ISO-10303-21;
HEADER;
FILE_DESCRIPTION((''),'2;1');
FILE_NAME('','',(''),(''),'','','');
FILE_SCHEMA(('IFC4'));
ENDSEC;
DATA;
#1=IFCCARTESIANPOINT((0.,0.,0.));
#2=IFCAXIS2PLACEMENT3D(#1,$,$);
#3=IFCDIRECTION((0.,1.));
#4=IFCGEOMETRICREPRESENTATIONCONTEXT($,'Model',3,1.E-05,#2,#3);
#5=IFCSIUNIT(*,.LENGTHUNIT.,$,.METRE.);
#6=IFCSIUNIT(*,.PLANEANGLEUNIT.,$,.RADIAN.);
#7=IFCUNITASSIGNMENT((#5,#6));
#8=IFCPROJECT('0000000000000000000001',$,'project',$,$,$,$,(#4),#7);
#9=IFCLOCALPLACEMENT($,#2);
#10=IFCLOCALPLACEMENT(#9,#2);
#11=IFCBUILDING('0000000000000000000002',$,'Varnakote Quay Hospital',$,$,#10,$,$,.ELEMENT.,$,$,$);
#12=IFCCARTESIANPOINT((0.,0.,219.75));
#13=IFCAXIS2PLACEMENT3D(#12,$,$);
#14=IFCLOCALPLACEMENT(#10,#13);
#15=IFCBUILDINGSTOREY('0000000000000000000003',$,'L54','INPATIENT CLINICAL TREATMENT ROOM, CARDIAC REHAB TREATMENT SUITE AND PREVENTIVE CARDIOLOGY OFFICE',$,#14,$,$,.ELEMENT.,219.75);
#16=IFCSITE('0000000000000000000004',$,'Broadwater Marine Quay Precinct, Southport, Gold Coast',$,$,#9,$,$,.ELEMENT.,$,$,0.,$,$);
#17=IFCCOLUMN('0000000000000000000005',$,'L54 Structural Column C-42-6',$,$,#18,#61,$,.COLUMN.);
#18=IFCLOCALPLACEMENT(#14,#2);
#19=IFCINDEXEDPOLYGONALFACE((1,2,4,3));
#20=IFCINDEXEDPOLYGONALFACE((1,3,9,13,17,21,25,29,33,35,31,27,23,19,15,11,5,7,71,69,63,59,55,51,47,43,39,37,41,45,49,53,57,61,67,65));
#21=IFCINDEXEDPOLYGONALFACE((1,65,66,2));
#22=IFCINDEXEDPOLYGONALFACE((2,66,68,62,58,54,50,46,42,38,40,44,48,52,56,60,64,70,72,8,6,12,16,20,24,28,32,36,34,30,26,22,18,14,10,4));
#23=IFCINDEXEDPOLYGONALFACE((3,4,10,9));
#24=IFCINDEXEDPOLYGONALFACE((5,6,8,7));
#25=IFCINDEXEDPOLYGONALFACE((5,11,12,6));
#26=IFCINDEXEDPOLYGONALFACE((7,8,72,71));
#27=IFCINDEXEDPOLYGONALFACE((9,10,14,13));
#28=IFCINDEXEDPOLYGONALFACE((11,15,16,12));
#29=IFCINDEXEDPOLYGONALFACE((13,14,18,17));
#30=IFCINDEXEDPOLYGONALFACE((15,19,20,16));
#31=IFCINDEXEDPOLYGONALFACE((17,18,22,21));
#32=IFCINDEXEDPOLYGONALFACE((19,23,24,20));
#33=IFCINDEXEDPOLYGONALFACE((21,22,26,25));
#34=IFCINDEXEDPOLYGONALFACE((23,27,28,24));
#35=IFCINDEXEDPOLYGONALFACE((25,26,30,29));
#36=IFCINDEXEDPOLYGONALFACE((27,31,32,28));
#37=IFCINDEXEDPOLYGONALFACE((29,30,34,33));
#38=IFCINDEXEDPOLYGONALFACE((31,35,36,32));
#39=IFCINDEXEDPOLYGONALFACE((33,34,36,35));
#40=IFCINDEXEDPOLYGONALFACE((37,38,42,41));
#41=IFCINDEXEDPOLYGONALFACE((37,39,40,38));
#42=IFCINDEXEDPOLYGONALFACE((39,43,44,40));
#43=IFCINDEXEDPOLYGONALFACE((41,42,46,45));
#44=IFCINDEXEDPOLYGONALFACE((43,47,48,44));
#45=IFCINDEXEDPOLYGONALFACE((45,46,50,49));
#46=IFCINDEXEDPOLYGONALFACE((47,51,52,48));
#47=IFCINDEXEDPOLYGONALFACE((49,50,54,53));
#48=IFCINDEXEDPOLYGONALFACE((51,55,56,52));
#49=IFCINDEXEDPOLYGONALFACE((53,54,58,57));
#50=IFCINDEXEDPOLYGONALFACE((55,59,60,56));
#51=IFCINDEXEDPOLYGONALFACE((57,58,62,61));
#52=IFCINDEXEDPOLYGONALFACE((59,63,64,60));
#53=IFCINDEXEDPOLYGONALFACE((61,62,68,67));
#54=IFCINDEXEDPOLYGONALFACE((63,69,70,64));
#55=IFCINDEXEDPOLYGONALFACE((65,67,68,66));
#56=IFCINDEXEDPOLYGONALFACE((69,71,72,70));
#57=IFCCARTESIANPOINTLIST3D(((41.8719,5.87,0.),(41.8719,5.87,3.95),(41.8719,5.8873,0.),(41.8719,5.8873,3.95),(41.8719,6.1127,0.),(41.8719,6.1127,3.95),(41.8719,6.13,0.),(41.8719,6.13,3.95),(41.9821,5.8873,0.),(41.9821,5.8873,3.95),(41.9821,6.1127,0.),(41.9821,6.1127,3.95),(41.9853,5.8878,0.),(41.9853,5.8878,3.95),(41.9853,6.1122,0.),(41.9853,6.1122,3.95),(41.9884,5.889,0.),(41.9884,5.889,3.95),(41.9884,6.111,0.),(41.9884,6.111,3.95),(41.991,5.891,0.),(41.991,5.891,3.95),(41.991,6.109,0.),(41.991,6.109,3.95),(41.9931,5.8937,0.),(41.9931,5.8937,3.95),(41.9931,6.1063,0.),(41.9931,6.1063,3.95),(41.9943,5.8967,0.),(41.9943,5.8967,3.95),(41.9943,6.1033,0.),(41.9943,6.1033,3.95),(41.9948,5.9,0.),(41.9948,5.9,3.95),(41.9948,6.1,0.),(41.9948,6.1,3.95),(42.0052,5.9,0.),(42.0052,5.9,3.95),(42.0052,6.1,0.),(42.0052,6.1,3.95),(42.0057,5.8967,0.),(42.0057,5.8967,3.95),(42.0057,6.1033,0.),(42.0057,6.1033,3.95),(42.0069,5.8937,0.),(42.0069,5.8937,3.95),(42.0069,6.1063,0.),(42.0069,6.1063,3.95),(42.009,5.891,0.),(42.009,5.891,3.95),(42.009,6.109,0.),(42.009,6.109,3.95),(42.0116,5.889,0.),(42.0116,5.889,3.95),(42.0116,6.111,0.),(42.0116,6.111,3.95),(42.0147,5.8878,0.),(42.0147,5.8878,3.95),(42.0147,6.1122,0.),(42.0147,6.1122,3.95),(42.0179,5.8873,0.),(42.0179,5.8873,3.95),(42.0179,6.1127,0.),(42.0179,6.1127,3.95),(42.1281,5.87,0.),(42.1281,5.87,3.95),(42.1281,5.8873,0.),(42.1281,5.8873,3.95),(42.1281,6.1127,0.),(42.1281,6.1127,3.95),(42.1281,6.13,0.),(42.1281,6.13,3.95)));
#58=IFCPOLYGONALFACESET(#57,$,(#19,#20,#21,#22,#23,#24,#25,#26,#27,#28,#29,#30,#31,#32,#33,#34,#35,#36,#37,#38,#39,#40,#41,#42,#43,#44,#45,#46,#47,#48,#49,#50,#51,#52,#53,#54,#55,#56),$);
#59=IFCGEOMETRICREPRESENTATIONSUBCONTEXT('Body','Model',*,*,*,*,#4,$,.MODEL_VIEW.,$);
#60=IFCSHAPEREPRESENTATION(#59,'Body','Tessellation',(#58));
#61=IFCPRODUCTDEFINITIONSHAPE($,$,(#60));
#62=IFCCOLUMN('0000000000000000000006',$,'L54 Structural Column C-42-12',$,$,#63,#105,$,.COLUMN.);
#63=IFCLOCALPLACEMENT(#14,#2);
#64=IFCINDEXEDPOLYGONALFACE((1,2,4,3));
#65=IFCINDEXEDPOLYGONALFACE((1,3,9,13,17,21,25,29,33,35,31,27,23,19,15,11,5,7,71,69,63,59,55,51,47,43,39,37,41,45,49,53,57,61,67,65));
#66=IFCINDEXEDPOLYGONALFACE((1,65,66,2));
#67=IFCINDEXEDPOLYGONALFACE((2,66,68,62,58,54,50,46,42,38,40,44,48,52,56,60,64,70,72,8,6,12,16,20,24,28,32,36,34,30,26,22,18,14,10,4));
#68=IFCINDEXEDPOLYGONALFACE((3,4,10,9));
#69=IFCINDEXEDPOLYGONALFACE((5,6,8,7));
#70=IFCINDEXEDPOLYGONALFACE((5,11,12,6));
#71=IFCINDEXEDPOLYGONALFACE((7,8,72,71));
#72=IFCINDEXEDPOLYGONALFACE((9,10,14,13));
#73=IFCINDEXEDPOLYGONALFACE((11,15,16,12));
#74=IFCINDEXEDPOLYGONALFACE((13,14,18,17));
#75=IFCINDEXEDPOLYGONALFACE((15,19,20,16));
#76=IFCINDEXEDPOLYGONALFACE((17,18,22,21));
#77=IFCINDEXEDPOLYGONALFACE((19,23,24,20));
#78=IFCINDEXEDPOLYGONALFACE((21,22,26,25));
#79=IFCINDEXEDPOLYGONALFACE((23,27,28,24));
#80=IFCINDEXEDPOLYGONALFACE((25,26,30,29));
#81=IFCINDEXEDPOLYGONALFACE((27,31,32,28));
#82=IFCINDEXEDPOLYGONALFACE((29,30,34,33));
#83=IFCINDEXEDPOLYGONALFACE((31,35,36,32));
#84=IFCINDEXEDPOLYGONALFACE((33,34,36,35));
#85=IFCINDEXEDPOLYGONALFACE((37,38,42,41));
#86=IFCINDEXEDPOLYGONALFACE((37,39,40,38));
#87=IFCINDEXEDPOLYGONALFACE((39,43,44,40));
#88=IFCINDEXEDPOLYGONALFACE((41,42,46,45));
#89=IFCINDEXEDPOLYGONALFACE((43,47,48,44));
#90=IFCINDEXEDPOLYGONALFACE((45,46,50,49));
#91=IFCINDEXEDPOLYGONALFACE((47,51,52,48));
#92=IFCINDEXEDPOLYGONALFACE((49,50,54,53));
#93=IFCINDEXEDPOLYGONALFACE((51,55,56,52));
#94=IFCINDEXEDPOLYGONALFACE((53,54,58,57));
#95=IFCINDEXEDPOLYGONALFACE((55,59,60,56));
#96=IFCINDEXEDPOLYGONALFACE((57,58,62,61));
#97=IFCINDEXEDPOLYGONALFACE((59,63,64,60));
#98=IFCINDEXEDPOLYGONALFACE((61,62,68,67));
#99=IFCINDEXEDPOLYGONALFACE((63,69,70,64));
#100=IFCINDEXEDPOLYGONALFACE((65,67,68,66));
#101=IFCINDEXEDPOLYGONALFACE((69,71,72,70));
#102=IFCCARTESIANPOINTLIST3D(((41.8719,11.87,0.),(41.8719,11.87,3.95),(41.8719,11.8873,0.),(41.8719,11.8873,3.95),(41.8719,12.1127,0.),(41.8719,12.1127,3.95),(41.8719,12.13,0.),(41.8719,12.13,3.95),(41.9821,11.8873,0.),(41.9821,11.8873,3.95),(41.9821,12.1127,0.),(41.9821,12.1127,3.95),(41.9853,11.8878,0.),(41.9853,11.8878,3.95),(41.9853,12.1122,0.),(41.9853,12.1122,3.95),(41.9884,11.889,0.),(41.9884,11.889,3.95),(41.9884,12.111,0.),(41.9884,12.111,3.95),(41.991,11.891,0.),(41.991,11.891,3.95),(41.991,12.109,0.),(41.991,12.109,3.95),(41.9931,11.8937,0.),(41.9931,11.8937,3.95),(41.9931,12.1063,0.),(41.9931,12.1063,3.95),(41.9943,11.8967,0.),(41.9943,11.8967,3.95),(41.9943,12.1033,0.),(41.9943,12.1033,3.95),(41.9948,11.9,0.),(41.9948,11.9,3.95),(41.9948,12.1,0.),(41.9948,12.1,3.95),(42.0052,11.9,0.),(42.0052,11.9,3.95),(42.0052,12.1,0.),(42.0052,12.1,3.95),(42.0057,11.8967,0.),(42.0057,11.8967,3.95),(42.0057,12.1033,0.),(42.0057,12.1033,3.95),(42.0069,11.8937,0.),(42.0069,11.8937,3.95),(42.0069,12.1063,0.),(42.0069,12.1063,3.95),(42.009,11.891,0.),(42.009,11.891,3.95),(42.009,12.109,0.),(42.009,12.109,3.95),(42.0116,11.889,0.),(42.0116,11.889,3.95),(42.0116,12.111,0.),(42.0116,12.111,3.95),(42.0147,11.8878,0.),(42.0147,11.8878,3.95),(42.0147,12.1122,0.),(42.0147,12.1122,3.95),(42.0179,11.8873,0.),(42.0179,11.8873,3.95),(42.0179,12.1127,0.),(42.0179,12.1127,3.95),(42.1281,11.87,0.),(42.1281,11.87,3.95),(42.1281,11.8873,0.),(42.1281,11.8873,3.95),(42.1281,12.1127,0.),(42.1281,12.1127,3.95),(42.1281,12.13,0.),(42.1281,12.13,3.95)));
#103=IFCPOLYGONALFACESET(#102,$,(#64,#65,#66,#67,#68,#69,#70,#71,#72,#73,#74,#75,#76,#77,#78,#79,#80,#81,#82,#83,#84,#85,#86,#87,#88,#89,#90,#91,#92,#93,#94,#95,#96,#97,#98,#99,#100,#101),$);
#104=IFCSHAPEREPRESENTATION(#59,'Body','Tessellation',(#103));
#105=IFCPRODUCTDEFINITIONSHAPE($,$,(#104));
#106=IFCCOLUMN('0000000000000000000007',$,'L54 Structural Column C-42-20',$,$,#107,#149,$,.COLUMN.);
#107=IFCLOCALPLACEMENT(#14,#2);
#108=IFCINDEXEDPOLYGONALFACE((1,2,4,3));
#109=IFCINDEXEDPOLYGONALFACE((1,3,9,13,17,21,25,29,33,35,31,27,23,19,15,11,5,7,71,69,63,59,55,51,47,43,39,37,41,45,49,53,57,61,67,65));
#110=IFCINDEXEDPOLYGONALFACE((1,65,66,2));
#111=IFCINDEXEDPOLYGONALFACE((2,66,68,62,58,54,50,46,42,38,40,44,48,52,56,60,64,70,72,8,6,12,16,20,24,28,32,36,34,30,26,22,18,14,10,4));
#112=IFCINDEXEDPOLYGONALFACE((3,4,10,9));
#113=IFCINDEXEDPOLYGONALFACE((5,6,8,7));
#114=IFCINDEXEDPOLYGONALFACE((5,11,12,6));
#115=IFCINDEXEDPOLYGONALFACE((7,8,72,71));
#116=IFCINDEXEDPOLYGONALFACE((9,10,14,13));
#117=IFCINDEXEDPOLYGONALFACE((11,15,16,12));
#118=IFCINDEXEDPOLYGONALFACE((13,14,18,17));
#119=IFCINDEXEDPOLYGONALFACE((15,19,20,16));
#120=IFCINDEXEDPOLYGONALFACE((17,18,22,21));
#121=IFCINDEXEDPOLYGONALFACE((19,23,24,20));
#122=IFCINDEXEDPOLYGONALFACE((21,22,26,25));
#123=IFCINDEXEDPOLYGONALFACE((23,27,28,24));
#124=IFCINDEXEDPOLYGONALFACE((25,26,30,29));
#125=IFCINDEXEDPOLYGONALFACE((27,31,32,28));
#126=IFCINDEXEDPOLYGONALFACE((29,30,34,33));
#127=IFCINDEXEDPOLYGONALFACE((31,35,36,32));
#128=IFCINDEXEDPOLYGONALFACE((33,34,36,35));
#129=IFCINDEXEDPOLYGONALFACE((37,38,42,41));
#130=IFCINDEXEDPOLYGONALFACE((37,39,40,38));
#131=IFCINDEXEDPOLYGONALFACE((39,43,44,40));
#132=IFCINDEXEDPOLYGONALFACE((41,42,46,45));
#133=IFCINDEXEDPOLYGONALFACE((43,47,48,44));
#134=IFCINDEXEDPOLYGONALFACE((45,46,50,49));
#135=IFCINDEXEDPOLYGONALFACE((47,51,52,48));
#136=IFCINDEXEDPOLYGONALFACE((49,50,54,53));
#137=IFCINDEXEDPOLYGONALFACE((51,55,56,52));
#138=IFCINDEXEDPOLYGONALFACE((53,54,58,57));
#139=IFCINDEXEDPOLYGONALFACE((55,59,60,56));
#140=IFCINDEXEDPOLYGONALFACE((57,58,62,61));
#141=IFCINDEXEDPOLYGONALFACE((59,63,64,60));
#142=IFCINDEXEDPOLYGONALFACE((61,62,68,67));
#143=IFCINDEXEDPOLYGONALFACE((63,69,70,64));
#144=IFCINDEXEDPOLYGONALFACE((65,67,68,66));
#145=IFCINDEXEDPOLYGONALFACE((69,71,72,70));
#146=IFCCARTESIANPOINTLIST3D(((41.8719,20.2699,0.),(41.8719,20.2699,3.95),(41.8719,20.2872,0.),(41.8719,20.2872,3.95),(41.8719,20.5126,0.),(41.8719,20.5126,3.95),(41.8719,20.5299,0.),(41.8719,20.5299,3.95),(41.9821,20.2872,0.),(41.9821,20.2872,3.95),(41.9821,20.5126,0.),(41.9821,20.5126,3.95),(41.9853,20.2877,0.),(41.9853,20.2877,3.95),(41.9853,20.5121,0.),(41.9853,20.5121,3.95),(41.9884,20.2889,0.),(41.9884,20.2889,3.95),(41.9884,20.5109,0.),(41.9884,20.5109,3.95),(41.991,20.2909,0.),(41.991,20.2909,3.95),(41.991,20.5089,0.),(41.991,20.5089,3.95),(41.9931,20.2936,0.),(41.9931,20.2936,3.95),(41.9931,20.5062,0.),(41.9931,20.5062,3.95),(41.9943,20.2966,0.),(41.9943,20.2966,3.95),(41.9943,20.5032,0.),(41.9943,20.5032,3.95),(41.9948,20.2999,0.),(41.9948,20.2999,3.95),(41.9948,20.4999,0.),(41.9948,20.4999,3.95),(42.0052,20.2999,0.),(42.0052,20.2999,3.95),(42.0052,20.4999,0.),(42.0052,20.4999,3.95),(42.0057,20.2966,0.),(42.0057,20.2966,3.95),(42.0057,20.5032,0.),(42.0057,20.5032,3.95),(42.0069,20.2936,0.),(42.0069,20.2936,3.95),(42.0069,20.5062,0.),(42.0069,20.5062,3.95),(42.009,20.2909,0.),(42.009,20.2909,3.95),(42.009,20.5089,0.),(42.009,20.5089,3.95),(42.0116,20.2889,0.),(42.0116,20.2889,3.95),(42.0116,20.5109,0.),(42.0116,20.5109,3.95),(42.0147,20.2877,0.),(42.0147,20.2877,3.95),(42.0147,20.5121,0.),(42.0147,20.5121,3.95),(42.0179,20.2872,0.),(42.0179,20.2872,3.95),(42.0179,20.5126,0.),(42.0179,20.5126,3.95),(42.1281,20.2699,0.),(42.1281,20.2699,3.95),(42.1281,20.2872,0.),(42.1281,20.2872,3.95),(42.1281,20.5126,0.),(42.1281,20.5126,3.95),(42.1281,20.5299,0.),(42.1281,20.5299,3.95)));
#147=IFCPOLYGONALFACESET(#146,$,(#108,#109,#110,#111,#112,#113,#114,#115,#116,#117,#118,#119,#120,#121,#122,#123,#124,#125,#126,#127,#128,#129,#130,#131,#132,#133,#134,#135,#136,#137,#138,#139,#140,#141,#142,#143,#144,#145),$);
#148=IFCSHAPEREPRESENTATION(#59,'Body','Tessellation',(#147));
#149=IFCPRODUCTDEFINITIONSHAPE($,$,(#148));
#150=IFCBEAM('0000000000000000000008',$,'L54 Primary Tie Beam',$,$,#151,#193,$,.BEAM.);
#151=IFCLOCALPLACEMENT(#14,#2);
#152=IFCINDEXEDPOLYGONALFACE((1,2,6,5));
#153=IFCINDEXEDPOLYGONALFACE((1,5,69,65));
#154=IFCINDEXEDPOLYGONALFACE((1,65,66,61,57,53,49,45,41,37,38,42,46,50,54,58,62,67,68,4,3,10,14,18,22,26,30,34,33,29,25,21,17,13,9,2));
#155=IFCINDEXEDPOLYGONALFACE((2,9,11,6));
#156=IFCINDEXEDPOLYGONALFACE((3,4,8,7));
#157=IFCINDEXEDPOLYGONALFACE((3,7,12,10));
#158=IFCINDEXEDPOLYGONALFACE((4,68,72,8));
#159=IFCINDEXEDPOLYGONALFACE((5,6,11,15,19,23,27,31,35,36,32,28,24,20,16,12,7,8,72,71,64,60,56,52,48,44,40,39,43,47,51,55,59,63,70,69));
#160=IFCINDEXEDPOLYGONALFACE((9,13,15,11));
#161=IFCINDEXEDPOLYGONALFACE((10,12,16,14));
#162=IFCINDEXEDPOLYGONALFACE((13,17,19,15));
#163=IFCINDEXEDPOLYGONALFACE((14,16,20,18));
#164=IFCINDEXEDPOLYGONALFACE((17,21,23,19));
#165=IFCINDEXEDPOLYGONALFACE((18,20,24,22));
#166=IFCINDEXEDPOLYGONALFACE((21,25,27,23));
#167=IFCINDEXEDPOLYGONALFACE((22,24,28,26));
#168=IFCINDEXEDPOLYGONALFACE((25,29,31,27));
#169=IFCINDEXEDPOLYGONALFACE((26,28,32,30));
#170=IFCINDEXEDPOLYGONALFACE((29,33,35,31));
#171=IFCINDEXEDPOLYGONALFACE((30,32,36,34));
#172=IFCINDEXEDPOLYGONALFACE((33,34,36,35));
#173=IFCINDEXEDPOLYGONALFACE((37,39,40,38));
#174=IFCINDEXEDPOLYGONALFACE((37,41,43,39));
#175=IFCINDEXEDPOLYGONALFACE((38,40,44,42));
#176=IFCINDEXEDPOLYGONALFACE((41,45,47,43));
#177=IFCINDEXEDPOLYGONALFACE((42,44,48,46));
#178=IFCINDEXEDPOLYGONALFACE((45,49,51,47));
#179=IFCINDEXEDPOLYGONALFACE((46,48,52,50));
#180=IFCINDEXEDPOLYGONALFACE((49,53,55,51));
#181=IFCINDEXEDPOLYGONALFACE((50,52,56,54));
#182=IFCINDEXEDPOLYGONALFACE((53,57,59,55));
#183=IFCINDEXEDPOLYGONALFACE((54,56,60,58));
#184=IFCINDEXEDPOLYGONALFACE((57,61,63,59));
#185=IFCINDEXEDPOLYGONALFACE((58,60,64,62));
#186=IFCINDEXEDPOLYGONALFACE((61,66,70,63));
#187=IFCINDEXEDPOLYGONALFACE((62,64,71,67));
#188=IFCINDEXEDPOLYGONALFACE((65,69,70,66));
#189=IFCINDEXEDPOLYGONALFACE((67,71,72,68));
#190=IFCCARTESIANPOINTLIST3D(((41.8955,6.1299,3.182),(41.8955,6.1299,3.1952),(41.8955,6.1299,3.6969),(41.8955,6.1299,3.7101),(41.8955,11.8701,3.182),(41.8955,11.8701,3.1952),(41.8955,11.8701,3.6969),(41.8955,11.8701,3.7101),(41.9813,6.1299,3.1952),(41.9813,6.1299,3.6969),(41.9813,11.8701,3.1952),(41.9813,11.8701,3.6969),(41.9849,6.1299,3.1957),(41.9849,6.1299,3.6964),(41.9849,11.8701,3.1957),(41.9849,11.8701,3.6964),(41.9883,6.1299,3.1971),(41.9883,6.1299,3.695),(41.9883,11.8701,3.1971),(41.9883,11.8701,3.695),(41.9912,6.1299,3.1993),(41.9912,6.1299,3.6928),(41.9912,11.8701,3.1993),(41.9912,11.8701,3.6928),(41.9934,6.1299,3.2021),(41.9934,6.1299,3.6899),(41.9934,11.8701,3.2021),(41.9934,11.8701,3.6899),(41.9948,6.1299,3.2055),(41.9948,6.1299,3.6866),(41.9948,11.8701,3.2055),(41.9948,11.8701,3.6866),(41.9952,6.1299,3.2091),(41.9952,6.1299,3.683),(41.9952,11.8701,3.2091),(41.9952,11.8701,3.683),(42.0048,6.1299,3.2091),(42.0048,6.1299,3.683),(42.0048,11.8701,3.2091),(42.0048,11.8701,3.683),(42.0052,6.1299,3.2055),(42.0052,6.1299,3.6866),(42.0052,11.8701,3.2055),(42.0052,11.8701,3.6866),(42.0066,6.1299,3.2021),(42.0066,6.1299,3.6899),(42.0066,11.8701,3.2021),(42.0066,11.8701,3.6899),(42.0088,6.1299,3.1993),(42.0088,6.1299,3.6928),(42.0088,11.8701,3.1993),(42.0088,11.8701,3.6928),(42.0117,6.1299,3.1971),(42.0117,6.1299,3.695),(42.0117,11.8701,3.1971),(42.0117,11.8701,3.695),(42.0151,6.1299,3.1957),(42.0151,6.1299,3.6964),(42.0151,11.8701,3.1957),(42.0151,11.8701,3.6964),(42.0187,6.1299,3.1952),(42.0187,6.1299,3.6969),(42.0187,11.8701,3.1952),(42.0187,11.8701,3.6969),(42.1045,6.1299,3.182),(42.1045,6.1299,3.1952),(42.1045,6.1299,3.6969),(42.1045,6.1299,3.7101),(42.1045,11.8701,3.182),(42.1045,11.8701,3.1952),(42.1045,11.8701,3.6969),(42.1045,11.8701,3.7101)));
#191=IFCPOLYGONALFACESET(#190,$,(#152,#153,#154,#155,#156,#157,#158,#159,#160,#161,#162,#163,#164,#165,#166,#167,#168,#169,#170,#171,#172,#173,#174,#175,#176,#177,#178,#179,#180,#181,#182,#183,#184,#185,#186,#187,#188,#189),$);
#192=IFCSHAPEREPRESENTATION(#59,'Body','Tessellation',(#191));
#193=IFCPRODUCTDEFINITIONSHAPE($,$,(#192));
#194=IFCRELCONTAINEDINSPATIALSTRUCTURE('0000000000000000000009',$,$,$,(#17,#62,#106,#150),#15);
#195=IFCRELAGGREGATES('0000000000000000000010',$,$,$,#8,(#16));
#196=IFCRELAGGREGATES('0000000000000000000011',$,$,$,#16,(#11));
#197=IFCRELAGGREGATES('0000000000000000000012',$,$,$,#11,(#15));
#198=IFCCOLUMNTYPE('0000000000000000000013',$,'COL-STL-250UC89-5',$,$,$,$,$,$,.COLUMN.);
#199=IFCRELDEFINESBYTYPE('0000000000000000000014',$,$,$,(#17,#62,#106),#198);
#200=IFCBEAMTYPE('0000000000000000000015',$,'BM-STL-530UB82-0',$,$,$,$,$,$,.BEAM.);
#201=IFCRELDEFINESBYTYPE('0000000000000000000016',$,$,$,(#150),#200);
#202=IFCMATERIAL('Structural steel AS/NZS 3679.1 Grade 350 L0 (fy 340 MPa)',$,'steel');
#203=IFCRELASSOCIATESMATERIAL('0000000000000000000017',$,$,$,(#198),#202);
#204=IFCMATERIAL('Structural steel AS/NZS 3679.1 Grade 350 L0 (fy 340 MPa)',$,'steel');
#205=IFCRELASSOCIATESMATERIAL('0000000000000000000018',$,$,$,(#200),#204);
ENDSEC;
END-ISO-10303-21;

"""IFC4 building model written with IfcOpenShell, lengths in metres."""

from ifc_helpers import new_model, si_unit, direction, frame, origin, origin_2d, place, context, subcontext, project, spatial, i_section, extrude, material, material_profile, profile_set, type_object, element, save


model = new_model("IFC4")

# Units and contexts
model_context = context("Model", 3, precision=1e-05, world=origin(), true_north=direction((0.0, 1.0)))
body_context = subcontext(model_context, "Body", "Model", "MODEL_VIEW")
ifc_project = project(units=[si_unit("LENGTHUNIT", "METRE"), si_unit("PLANEANGLEUNIT", "RADIAN")], contexts=[model_context])

# Site, building, storey
site_placement = place(None, origin())
site = spatial("IfcSite", under=ifc_project, at=site_placement, Name="Broadwater Marine Quay Precinct, Southport, Gold Coast", CompositionType="ELEMENT", RefElevation=0.0)
building_placement = place(site_placement, origin())
building = spatial("IfcBuilding", under=site, at=building_placement, Name="Varnakote Quay Hospital", CompositionType="ELEMENT")
storey_placement = place(building_placement, frame((0.0, 0.0, 219.75)))
storey = spatial("IfcBuildingStorey", under=building, at=storey_placement, Name="L54", Description="INPATIENT CLINICAL TREATMENT ROOM, CARDIAC REHAB TREATMENT SUITE AND PREVENTIVE CARDIOLOGY OFFICE", CompositionType="ELEMENT", Elevation=219.75)

# Columns
ifc_material_1 = material(Name="Structural steel AS/NZS 3679.1 Grade 350 L0 (fy 340 MPa)", Category="steel")
ifc_material_profile_1 = material_profile(ifc_material_1, i_section(OverallWidth=0.2561, OverallDepth=0.26, WebThickness=0.0105, FlangeThickness=0.0173, FilletRadius=0.0127, at=origin_2d()), Name="250UC89.5")
ifc_profile_set_1 = profile_set([ifc_material_profile_1], Name="Structural steel AS/NZS 3679.1 Grade 350 L0 (fy 340 MPa)")
column_type = type_object("IfcColumnType", Name="COL-STL-250UC89-5", PredefinedType="COLUMN", material=ifc_profile_set_1)
for number, where, z_axis, x_axis, name in (
    (1, (42.0, 6.0, 0.0), (0.0, 0.0, 1.0), (1.0, 0.0, 0.0), "L54 Structural Column C-42-6"),
    (2, (42.0, 12.0, 0.0), (0.0, 0.0, 1.0), (1.0, 0.0, 0.0), "L54 Structural Column C-42-12"),
    (3, (42.0, 20.3999, 0.0), (0.0, 0.0, 1.0), (1.0, 0.0, 0.0), "L54 Structural Column C-42-20"),
):
    element("IfcColumn", number, at=place(storey_placement, frame(where, z_axis=z_axis, x_axis=x_axis)), inside=storey, type_object=column_type, Name=name, PredefinedType="COLUMN", context=body_context, shape_type="SweptSolid", body=[
        extrude(i_section(OverallWidth=0.2561, OverallDepth=0.26, WebThickness=0.0105, FlangeThickness=0.0173, FilletRadius=0.0127, at=origin_2d()), origin(), (0.0, 0.0, 1.0), 3.95),
    ])

# Beam
ifc_material_2 = material(Name="Structural steel AS/NZS 3679.1 Grade 350 L0 (fy 340 MPa)", Category="steel")
ifc_material_profile_2 = material_profile(ifc_material_2, i_section(OverallWidth=0.209, OverallDepth=0.5281, WebThickness=0.0095, FlangeThickness=0.0132, FilletRadius=0.0139, at=origin_2d()), Name="530UB82.0")
ifc_profile_set_2 = profile_set([ifc_material_profile_2], Name="Structural steel AS/NZS 3679.1 Grade 350 L0 (fy 340 MPa)")
beam_type_1 = type_object("IfcBeamType", Name="BM-STL-530UB82-0", PredefinedType="BEAM", material=ifc_profile_set_2)
beam_1_placement = place(storey_placement, frame((42.0, 6.1299, 3.446), z_axis=(0.0, 1.0, 0.0), x_axis=(-1.0, 0.0, 0.0)))
element("IfcBeam", 4, at=beam_1_placement, inside=storey, type_object=beam_type_1, Name="L54 Primary Tie Beam", PredefinedType="BEAM", context=body_context, shape_type="SweptSolid", body=[
    extrude(i_section(OverallWidth=0.209, OverallDepth=0.5281, WebThickness=0.0095, FlangeThickness=0.0132, FilletRadius=0.0139, at=origin_2d()), origin(), (0.0, 0.0, 1.0), 5.7402),
])

save(model, "model.ifc")
